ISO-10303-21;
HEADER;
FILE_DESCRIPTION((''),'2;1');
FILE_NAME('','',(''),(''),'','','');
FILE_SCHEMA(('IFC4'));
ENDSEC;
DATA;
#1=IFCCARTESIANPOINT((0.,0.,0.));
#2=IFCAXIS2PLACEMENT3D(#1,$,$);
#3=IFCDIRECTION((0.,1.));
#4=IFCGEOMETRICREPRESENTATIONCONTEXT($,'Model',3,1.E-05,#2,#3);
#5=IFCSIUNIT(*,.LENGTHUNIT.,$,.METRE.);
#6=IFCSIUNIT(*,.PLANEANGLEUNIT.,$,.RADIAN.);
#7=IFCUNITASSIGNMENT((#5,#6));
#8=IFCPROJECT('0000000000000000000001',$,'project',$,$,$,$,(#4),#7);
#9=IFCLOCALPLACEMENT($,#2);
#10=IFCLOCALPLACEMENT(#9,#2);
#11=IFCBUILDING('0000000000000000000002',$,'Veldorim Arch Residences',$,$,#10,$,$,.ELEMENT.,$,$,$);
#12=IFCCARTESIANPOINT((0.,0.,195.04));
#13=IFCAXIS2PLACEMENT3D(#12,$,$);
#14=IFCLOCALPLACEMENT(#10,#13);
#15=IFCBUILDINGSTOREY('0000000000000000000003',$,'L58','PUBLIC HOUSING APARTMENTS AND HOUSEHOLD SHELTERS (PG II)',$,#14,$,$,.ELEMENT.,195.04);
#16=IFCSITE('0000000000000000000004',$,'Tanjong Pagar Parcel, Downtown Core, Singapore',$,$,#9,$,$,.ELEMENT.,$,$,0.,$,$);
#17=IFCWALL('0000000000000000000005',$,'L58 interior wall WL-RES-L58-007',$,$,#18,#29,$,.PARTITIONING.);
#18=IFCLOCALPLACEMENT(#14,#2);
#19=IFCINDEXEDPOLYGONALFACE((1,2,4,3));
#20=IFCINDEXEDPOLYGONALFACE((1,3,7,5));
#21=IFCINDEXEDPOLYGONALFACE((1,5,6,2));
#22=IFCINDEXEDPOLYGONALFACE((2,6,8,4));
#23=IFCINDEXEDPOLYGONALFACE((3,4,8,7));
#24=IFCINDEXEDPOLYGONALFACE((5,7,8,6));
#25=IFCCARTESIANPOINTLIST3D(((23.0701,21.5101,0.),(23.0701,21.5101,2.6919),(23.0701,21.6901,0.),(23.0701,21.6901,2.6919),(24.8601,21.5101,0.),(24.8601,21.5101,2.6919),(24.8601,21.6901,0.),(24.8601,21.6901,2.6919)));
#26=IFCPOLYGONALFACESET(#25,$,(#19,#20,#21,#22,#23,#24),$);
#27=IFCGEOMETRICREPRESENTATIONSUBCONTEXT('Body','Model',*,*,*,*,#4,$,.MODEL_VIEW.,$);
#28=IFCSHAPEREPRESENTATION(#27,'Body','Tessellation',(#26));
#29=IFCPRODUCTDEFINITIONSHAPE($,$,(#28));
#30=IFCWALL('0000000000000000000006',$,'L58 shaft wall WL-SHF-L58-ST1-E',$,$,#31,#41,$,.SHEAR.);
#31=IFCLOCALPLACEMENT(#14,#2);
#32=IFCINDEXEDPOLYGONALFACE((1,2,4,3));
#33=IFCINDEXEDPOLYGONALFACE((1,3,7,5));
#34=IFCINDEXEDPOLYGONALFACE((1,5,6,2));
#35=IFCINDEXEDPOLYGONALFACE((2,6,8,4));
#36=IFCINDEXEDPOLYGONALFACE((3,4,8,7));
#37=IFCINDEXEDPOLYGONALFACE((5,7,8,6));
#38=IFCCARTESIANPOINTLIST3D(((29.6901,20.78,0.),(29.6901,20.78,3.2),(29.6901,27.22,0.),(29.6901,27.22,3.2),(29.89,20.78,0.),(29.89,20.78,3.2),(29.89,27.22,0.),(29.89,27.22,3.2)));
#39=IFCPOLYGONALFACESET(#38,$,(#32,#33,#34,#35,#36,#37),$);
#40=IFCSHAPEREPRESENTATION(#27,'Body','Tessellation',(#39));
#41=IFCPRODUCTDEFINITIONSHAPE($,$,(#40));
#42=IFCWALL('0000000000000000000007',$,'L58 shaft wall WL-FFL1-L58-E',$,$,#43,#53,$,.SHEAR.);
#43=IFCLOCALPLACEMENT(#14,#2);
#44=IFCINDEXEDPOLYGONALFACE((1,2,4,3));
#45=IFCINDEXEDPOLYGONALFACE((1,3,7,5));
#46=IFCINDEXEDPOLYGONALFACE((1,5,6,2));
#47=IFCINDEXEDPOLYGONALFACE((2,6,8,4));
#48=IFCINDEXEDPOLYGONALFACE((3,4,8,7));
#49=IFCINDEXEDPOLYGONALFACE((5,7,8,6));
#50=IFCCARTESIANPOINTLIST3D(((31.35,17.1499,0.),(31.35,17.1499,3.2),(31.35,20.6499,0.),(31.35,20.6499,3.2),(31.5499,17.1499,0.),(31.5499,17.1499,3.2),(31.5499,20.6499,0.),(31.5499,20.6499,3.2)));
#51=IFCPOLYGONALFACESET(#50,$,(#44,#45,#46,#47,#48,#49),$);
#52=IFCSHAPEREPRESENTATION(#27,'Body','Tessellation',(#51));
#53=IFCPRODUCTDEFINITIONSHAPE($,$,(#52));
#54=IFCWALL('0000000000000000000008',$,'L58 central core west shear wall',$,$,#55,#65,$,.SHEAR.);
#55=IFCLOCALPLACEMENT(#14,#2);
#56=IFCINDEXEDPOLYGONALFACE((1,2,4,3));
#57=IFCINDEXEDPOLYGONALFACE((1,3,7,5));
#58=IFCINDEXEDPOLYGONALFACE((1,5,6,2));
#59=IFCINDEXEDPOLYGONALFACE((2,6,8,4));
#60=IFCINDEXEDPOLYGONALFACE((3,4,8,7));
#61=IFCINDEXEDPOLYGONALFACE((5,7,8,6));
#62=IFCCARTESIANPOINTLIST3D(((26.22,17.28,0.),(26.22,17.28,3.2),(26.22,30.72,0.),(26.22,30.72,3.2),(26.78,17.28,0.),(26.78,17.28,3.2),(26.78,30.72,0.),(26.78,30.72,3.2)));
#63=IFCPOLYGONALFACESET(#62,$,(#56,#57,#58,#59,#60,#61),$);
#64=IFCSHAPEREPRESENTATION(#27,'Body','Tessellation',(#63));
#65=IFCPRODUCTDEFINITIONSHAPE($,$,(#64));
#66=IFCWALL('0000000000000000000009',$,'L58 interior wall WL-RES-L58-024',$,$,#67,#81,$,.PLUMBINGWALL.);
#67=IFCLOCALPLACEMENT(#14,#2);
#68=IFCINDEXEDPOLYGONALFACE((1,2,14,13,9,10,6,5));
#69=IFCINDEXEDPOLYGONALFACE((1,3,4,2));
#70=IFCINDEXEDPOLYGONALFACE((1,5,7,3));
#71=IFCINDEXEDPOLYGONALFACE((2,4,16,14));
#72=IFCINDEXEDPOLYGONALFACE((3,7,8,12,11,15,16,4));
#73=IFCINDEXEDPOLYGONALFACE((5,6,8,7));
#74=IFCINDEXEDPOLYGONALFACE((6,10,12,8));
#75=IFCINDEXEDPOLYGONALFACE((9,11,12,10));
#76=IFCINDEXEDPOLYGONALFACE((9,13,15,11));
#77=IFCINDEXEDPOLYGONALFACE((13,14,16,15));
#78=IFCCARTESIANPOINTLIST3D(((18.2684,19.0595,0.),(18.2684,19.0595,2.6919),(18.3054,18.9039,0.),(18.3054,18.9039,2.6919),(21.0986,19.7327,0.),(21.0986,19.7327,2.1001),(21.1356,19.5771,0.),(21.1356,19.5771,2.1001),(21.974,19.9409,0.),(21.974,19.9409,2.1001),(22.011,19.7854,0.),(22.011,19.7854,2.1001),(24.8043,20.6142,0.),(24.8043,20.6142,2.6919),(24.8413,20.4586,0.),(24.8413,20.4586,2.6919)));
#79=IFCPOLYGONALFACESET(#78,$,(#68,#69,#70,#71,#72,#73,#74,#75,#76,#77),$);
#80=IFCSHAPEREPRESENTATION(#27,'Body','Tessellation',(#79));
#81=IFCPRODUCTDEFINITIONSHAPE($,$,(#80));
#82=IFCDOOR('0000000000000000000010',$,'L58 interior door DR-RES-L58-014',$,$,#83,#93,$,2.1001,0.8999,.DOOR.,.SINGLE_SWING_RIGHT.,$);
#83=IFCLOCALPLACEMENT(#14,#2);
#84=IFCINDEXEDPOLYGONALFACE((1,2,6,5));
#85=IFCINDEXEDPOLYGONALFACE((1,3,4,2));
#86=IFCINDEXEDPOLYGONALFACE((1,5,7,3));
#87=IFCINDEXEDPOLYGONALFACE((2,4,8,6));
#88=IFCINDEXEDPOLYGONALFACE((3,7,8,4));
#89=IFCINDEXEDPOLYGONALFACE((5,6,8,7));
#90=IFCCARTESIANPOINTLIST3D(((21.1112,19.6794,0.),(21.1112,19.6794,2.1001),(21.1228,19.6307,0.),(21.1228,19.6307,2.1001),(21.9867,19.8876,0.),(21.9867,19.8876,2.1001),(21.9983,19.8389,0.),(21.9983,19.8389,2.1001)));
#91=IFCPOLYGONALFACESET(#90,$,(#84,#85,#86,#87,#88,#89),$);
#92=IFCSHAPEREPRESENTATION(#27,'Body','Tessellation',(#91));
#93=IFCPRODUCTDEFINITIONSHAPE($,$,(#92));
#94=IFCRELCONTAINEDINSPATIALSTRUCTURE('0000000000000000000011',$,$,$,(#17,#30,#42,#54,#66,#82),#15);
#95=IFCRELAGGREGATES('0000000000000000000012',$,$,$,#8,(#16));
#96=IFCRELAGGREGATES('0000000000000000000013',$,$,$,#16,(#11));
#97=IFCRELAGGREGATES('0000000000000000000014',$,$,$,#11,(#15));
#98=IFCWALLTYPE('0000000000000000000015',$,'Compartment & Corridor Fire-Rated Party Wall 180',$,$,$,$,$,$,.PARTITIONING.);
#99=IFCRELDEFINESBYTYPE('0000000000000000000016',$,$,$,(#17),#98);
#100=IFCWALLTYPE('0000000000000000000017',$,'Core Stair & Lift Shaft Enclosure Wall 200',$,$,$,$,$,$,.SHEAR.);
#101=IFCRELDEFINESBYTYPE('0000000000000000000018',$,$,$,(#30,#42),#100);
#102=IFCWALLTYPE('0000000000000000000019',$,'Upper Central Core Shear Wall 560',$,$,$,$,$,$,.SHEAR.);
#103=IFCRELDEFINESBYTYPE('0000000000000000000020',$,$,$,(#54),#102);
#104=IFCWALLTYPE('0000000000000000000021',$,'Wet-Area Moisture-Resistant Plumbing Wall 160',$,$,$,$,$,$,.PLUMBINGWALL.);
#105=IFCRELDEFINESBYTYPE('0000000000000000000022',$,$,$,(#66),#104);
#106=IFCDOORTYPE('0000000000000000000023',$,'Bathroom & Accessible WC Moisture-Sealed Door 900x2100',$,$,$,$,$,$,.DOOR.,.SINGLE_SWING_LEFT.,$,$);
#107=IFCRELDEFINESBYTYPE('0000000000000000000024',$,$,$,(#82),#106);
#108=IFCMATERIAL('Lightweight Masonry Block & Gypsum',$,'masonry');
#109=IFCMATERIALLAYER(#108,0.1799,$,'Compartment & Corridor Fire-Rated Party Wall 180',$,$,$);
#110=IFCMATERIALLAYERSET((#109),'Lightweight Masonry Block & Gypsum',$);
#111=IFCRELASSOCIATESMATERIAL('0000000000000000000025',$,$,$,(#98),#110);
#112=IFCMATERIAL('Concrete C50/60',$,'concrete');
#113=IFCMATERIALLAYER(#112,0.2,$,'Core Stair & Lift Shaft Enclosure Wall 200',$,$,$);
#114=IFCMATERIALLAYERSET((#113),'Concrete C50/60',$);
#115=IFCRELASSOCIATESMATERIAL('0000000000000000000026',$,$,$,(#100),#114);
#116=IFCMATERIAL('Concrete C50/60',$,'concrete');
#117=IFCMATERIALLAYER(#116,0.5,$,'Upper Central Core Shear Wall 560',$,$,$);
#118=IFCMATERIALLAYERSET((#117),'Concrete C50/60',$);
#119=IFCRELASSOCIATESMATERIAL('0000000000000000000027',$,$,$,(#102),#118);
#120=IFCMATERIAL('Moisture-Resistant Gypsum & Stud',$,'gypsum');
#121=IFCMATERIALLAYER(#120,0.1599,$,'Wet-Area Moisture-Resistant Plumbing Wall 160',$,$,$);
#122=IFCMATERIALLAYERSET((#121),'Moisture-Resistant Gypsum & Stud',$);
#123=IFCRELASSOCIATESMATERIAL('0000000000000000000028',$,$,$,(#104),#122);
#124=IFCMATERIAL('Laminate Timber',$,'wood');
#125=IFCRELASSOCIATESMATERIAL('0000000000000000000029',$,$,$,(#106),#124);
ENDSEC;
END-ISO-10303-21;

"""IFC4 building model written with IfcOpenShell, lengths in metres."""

from ifc_helpers import new_model, si_unit, direction, frame, frame_2d, origin, place, context, subcontext, project, spatial, rectangle, extrude, material, layer, layer_set, type_object, element, fill, save


model = new_model("IFC4")

# Units and contexts
model_context = context("Model", 3, precision=1e-05, world=origin(), true_north=direction((0.0, 1.0)))
body_context = subcontext(model_context, "Body", "Model", "MODEL_VIEW")
ifc_project = project(units=[si_unit("LENGTHUNIT", "METRE"), si_unit("PLANEANGLEUNIT", "RADIAN")], contexts=[model_context])

# Site, building, storey
site_placement = place(None, origin())
site = spatial("IfcSite", under=ifc_project, at=site_placement, Name="Tanjong Pagar Parcel, Downtown Core, Singapore", CompositionType="ELEMENT", RefElevation=0.0)
building_placement = place(site_placement, origin())
building = spatial("IfcBuilding", under=site, at=building_placement, Name="Veldorim Arch Residences", CompositionType="ELEMENT")
storey_placement = place(building_placement, frame((0.0, 0.0, 195.04)))
storey = spatial("IfcBuildingStorey", under=building, at=storey_placement, Name="L58", Description="PUBLIC HOUSING APARTMENTS AND HOUSEHOLD SHELTERS (PG II)", CompositionType="ELEMENT", Elevation=195.04)

# Wall
ifc_material_1 = material(Name="Lightweight Masonry Block & Gypsum", Category="masonry")
ifc_layer_1 = layer(ifc_material_1, 0.1799, Name="Compartment & Corridor Fire-Rated Party Wall 180")
ifc_layer_set_1 = layer_set([ifc_layer_1], Name="Lightweight Masonry Block & Gypsum")
wall_type_1 = type_object("IfcWallType", Name="Compartment & Corridor Fire-Rated Party Wall 180", PredefinedType="PARTITIONING", material=ifc_layer_set_1)
wall_1_placement = place(storey_placement, frame((24.8601, 21.6001, 0.0), z_axis=(0.0, 0.0, 1.0), x_axis=(-1.0, 0.0, 0.0)))
element("IfcWall", 1, at=wall_1_placement, inside=storey, type_object=wall_type_1, Name="L58 interior wall WL-RES-L58-007", PredefinedType="PARTITIONING", context=body_context, shape_type="SweptSolid", body=[
    extrude(rectangle(XDim=1.79, YDim=0.1799, at=frame_2d((0.895, 0.0))), origin(), (0.0, 0.0, 1.0), 2.6919),
])

# Wall
ifc_material_2 = material(Name="Concrete C50/60", Category="concrete")
ifc_layer_2 = layer(ifc_material_2, 0.2, Name="Core Stair & Lift Shaft Enclosure Wall 200")
ifc_layer_set_2 = layer_set([ifc_layer_2], Name="Concrete C50/60")
wall_type_2 = type_object("IfcWallType", Name="Core Stair & Lift Shaft Enclosure Wall 200", PredefinedType="SHEAR", material=ifc_layer_set_2)
wall_2_placement = place(storey_placement, frame((29.79, 20.78, 0.0), z_axis=(0.0, 0.0, 1.0), x_axis=(0.0, 1.0, 0.0)))
element("IfcWall", 2, at=wall_2_placement, inside=storey, type_object=wall_type_2, Name="L58 shaft wall WL-SHF-L58-ST1-E", PredefinedType="SHEAR", context=body_context, shape_type="SweptSolid", body=[
    extrude(rectangle(XDim=6.4399, YDim=0.2, at=frame_2d((3.22, 0.0))), origin(), (0.0, 0.0, 1.0), 3.2),
])

# Wall
wall_3_placement = place(storey_placement, frame((31.45, 17.1499, 0.0), z_axis=(0.0, 0.0, 1.0), x_axis=(0.0, 1.0, 0.0)))
element("IfcWall", 3, at=wall_3_placement, inside=storey, type_object=wall_type_2, Name="L58 shaft wall WL-FFL1-L58-E", PredefinedType="SHEAR", context=body_context, shape_type="SweptSolid", body=[
    extrude(rectangle(XDim=3.5, YDim=0.2, at=frame_2d((1.75, 0.0))), origin(), (0.0, 0.0, 1.0), 3.2),
])

# Shared definitions
ifc_material_3 = material(Name="Concrete C50/60", Category="concrete")
ifc_layer_3 = layer(ifc_material_3, 0.5, Name="Upper Central Core Shear Wall 560")
ifc_layer_set_3 = layer_set([ifc_layer_3], Name="Concrete C50/60")
wall_type_3 = type_object("IfcWallType", Name="Upper Central Core Shear Wall 560", PredefinedType="SHEAR", material=ifc_layer_set_3)

# Wall
wall_4_placement = place(storey_placement, frame((26.5, 17.28, 0.0), z_axis=(0.0, 0.0, 1.0), x_axis=(0.0, 1.0, 0.0)))
element("IfcWall", 4, at=wall_4_placement, inside=storey, type_object=wall_type_3, Name="L58 central core west shear wall", PredefinedType="SHEAR", context=body_context, shape_type="SweptSolid", body=[
    extrude(rectangle(XDim=13.4399, YDim=0.5601, at=frame_2d((6.72, 0.0))), origin(), (0.0, 0.0, 1.0), 3.2),
])

# Wall, opening, door
ifc_material_4 = material(Name="Moisture-Resistant Gypsum & Stud", Category="gypsum")
ifc_layer_4 = layer(ifc_material_4, 0.1599, Name="Wet-Area Moisture-Resistant Plumbing Wall 160")
ifc_layer_set_4 = layer_set([ifc_layer_4], Name="Moisture-Resistant Gypsum & Stud")
wall_type_4 = type_object("IfcWallType", Name="Wet-Area Moisture-Resistant Plumbing Wall 160", PredefinedType="PLUMBINGWALL", material=ifc_layer_set_4)
wall_5_placement = place(storey_placement, frame((24.8228, 20.5364, 0.0), z_axis=(0.0, 0.0, 1.0), x_axis=(-0.972856, -0.231413, 0.0)))
wall_5 = element("IfcWall", 5, at=wall_5_placement, inside=storey, type_object=wall_type_4, Name="L58 interior wall WL-RES-L58-024", PredefinedType="PLUMBINGWALL", context=body_context, shape_type="SweptSolid", body=[
    extrude(rectangle(XDim=6.7183, YDim=0.1599, at=frame_2d((3.3591, 0.0))), origin(), (0.0, 0.0, 1.0), 2.6919),
])
opening_1_placement = place(wall_5_placement, frame((2.9092, 0.0, 0.0)))
opening_1 = element("IfcOpeningElement", 6, at=opening_1_placement, cuts=wall_5, PredefinedType="OPENING", context=body_context, shape_type="SweptSolid", body=[
    extrude(rectangle(XDim=0.8999, YDim=2.1001, at=frame_2d((0.45, 1.05))), frame((0.0, 0.0898, 0.0), z_axis=(0.0, -1.0, 0.0), x_axis=(1.0, 0.0, 0.0)), (0.0, 0.0, 1.0), 0.1799),
])
ifc_material_5 = material(Name="Laminate Timber", Category="wood")
door_type_1 = type_object("IfcDoorType", Name="Bathroom & Accessible WC Moisture-Sealed Door 900x2100", OperationType="SINGLE_SWING_LEFT", PredefinedType="DOOR", material=ifc_material_5)
door_1_placement = place(opening_1_placement, origin())
door_1 = element("IfcDoor", 7, at=door_1_placement, inside=storey, type_object=door_type_1, Name="L58 interior door DR-RES-L58-014", OperationType="SINGLE_SWING_RIGHT", OverallHeight=2.1001, OverallWidth=0.8999, PredefinedType="DOOR", context=body_context, shape_type="SweptSolid", body=[
    extrude(rectangle(XDim=0.8999, YDim=2.1001, at=frame_2d((0.45, 1.05))), frame((0.0, 0.0249, 0.0), z_axis=(0.0, -1.0, 0.0), x_axis=(1.0, 0.0, 0.0)), (0.0, 0.0, 1.0), 0.05),
])
fill(opening_1, door_1)

save(model, "model.ifc")
